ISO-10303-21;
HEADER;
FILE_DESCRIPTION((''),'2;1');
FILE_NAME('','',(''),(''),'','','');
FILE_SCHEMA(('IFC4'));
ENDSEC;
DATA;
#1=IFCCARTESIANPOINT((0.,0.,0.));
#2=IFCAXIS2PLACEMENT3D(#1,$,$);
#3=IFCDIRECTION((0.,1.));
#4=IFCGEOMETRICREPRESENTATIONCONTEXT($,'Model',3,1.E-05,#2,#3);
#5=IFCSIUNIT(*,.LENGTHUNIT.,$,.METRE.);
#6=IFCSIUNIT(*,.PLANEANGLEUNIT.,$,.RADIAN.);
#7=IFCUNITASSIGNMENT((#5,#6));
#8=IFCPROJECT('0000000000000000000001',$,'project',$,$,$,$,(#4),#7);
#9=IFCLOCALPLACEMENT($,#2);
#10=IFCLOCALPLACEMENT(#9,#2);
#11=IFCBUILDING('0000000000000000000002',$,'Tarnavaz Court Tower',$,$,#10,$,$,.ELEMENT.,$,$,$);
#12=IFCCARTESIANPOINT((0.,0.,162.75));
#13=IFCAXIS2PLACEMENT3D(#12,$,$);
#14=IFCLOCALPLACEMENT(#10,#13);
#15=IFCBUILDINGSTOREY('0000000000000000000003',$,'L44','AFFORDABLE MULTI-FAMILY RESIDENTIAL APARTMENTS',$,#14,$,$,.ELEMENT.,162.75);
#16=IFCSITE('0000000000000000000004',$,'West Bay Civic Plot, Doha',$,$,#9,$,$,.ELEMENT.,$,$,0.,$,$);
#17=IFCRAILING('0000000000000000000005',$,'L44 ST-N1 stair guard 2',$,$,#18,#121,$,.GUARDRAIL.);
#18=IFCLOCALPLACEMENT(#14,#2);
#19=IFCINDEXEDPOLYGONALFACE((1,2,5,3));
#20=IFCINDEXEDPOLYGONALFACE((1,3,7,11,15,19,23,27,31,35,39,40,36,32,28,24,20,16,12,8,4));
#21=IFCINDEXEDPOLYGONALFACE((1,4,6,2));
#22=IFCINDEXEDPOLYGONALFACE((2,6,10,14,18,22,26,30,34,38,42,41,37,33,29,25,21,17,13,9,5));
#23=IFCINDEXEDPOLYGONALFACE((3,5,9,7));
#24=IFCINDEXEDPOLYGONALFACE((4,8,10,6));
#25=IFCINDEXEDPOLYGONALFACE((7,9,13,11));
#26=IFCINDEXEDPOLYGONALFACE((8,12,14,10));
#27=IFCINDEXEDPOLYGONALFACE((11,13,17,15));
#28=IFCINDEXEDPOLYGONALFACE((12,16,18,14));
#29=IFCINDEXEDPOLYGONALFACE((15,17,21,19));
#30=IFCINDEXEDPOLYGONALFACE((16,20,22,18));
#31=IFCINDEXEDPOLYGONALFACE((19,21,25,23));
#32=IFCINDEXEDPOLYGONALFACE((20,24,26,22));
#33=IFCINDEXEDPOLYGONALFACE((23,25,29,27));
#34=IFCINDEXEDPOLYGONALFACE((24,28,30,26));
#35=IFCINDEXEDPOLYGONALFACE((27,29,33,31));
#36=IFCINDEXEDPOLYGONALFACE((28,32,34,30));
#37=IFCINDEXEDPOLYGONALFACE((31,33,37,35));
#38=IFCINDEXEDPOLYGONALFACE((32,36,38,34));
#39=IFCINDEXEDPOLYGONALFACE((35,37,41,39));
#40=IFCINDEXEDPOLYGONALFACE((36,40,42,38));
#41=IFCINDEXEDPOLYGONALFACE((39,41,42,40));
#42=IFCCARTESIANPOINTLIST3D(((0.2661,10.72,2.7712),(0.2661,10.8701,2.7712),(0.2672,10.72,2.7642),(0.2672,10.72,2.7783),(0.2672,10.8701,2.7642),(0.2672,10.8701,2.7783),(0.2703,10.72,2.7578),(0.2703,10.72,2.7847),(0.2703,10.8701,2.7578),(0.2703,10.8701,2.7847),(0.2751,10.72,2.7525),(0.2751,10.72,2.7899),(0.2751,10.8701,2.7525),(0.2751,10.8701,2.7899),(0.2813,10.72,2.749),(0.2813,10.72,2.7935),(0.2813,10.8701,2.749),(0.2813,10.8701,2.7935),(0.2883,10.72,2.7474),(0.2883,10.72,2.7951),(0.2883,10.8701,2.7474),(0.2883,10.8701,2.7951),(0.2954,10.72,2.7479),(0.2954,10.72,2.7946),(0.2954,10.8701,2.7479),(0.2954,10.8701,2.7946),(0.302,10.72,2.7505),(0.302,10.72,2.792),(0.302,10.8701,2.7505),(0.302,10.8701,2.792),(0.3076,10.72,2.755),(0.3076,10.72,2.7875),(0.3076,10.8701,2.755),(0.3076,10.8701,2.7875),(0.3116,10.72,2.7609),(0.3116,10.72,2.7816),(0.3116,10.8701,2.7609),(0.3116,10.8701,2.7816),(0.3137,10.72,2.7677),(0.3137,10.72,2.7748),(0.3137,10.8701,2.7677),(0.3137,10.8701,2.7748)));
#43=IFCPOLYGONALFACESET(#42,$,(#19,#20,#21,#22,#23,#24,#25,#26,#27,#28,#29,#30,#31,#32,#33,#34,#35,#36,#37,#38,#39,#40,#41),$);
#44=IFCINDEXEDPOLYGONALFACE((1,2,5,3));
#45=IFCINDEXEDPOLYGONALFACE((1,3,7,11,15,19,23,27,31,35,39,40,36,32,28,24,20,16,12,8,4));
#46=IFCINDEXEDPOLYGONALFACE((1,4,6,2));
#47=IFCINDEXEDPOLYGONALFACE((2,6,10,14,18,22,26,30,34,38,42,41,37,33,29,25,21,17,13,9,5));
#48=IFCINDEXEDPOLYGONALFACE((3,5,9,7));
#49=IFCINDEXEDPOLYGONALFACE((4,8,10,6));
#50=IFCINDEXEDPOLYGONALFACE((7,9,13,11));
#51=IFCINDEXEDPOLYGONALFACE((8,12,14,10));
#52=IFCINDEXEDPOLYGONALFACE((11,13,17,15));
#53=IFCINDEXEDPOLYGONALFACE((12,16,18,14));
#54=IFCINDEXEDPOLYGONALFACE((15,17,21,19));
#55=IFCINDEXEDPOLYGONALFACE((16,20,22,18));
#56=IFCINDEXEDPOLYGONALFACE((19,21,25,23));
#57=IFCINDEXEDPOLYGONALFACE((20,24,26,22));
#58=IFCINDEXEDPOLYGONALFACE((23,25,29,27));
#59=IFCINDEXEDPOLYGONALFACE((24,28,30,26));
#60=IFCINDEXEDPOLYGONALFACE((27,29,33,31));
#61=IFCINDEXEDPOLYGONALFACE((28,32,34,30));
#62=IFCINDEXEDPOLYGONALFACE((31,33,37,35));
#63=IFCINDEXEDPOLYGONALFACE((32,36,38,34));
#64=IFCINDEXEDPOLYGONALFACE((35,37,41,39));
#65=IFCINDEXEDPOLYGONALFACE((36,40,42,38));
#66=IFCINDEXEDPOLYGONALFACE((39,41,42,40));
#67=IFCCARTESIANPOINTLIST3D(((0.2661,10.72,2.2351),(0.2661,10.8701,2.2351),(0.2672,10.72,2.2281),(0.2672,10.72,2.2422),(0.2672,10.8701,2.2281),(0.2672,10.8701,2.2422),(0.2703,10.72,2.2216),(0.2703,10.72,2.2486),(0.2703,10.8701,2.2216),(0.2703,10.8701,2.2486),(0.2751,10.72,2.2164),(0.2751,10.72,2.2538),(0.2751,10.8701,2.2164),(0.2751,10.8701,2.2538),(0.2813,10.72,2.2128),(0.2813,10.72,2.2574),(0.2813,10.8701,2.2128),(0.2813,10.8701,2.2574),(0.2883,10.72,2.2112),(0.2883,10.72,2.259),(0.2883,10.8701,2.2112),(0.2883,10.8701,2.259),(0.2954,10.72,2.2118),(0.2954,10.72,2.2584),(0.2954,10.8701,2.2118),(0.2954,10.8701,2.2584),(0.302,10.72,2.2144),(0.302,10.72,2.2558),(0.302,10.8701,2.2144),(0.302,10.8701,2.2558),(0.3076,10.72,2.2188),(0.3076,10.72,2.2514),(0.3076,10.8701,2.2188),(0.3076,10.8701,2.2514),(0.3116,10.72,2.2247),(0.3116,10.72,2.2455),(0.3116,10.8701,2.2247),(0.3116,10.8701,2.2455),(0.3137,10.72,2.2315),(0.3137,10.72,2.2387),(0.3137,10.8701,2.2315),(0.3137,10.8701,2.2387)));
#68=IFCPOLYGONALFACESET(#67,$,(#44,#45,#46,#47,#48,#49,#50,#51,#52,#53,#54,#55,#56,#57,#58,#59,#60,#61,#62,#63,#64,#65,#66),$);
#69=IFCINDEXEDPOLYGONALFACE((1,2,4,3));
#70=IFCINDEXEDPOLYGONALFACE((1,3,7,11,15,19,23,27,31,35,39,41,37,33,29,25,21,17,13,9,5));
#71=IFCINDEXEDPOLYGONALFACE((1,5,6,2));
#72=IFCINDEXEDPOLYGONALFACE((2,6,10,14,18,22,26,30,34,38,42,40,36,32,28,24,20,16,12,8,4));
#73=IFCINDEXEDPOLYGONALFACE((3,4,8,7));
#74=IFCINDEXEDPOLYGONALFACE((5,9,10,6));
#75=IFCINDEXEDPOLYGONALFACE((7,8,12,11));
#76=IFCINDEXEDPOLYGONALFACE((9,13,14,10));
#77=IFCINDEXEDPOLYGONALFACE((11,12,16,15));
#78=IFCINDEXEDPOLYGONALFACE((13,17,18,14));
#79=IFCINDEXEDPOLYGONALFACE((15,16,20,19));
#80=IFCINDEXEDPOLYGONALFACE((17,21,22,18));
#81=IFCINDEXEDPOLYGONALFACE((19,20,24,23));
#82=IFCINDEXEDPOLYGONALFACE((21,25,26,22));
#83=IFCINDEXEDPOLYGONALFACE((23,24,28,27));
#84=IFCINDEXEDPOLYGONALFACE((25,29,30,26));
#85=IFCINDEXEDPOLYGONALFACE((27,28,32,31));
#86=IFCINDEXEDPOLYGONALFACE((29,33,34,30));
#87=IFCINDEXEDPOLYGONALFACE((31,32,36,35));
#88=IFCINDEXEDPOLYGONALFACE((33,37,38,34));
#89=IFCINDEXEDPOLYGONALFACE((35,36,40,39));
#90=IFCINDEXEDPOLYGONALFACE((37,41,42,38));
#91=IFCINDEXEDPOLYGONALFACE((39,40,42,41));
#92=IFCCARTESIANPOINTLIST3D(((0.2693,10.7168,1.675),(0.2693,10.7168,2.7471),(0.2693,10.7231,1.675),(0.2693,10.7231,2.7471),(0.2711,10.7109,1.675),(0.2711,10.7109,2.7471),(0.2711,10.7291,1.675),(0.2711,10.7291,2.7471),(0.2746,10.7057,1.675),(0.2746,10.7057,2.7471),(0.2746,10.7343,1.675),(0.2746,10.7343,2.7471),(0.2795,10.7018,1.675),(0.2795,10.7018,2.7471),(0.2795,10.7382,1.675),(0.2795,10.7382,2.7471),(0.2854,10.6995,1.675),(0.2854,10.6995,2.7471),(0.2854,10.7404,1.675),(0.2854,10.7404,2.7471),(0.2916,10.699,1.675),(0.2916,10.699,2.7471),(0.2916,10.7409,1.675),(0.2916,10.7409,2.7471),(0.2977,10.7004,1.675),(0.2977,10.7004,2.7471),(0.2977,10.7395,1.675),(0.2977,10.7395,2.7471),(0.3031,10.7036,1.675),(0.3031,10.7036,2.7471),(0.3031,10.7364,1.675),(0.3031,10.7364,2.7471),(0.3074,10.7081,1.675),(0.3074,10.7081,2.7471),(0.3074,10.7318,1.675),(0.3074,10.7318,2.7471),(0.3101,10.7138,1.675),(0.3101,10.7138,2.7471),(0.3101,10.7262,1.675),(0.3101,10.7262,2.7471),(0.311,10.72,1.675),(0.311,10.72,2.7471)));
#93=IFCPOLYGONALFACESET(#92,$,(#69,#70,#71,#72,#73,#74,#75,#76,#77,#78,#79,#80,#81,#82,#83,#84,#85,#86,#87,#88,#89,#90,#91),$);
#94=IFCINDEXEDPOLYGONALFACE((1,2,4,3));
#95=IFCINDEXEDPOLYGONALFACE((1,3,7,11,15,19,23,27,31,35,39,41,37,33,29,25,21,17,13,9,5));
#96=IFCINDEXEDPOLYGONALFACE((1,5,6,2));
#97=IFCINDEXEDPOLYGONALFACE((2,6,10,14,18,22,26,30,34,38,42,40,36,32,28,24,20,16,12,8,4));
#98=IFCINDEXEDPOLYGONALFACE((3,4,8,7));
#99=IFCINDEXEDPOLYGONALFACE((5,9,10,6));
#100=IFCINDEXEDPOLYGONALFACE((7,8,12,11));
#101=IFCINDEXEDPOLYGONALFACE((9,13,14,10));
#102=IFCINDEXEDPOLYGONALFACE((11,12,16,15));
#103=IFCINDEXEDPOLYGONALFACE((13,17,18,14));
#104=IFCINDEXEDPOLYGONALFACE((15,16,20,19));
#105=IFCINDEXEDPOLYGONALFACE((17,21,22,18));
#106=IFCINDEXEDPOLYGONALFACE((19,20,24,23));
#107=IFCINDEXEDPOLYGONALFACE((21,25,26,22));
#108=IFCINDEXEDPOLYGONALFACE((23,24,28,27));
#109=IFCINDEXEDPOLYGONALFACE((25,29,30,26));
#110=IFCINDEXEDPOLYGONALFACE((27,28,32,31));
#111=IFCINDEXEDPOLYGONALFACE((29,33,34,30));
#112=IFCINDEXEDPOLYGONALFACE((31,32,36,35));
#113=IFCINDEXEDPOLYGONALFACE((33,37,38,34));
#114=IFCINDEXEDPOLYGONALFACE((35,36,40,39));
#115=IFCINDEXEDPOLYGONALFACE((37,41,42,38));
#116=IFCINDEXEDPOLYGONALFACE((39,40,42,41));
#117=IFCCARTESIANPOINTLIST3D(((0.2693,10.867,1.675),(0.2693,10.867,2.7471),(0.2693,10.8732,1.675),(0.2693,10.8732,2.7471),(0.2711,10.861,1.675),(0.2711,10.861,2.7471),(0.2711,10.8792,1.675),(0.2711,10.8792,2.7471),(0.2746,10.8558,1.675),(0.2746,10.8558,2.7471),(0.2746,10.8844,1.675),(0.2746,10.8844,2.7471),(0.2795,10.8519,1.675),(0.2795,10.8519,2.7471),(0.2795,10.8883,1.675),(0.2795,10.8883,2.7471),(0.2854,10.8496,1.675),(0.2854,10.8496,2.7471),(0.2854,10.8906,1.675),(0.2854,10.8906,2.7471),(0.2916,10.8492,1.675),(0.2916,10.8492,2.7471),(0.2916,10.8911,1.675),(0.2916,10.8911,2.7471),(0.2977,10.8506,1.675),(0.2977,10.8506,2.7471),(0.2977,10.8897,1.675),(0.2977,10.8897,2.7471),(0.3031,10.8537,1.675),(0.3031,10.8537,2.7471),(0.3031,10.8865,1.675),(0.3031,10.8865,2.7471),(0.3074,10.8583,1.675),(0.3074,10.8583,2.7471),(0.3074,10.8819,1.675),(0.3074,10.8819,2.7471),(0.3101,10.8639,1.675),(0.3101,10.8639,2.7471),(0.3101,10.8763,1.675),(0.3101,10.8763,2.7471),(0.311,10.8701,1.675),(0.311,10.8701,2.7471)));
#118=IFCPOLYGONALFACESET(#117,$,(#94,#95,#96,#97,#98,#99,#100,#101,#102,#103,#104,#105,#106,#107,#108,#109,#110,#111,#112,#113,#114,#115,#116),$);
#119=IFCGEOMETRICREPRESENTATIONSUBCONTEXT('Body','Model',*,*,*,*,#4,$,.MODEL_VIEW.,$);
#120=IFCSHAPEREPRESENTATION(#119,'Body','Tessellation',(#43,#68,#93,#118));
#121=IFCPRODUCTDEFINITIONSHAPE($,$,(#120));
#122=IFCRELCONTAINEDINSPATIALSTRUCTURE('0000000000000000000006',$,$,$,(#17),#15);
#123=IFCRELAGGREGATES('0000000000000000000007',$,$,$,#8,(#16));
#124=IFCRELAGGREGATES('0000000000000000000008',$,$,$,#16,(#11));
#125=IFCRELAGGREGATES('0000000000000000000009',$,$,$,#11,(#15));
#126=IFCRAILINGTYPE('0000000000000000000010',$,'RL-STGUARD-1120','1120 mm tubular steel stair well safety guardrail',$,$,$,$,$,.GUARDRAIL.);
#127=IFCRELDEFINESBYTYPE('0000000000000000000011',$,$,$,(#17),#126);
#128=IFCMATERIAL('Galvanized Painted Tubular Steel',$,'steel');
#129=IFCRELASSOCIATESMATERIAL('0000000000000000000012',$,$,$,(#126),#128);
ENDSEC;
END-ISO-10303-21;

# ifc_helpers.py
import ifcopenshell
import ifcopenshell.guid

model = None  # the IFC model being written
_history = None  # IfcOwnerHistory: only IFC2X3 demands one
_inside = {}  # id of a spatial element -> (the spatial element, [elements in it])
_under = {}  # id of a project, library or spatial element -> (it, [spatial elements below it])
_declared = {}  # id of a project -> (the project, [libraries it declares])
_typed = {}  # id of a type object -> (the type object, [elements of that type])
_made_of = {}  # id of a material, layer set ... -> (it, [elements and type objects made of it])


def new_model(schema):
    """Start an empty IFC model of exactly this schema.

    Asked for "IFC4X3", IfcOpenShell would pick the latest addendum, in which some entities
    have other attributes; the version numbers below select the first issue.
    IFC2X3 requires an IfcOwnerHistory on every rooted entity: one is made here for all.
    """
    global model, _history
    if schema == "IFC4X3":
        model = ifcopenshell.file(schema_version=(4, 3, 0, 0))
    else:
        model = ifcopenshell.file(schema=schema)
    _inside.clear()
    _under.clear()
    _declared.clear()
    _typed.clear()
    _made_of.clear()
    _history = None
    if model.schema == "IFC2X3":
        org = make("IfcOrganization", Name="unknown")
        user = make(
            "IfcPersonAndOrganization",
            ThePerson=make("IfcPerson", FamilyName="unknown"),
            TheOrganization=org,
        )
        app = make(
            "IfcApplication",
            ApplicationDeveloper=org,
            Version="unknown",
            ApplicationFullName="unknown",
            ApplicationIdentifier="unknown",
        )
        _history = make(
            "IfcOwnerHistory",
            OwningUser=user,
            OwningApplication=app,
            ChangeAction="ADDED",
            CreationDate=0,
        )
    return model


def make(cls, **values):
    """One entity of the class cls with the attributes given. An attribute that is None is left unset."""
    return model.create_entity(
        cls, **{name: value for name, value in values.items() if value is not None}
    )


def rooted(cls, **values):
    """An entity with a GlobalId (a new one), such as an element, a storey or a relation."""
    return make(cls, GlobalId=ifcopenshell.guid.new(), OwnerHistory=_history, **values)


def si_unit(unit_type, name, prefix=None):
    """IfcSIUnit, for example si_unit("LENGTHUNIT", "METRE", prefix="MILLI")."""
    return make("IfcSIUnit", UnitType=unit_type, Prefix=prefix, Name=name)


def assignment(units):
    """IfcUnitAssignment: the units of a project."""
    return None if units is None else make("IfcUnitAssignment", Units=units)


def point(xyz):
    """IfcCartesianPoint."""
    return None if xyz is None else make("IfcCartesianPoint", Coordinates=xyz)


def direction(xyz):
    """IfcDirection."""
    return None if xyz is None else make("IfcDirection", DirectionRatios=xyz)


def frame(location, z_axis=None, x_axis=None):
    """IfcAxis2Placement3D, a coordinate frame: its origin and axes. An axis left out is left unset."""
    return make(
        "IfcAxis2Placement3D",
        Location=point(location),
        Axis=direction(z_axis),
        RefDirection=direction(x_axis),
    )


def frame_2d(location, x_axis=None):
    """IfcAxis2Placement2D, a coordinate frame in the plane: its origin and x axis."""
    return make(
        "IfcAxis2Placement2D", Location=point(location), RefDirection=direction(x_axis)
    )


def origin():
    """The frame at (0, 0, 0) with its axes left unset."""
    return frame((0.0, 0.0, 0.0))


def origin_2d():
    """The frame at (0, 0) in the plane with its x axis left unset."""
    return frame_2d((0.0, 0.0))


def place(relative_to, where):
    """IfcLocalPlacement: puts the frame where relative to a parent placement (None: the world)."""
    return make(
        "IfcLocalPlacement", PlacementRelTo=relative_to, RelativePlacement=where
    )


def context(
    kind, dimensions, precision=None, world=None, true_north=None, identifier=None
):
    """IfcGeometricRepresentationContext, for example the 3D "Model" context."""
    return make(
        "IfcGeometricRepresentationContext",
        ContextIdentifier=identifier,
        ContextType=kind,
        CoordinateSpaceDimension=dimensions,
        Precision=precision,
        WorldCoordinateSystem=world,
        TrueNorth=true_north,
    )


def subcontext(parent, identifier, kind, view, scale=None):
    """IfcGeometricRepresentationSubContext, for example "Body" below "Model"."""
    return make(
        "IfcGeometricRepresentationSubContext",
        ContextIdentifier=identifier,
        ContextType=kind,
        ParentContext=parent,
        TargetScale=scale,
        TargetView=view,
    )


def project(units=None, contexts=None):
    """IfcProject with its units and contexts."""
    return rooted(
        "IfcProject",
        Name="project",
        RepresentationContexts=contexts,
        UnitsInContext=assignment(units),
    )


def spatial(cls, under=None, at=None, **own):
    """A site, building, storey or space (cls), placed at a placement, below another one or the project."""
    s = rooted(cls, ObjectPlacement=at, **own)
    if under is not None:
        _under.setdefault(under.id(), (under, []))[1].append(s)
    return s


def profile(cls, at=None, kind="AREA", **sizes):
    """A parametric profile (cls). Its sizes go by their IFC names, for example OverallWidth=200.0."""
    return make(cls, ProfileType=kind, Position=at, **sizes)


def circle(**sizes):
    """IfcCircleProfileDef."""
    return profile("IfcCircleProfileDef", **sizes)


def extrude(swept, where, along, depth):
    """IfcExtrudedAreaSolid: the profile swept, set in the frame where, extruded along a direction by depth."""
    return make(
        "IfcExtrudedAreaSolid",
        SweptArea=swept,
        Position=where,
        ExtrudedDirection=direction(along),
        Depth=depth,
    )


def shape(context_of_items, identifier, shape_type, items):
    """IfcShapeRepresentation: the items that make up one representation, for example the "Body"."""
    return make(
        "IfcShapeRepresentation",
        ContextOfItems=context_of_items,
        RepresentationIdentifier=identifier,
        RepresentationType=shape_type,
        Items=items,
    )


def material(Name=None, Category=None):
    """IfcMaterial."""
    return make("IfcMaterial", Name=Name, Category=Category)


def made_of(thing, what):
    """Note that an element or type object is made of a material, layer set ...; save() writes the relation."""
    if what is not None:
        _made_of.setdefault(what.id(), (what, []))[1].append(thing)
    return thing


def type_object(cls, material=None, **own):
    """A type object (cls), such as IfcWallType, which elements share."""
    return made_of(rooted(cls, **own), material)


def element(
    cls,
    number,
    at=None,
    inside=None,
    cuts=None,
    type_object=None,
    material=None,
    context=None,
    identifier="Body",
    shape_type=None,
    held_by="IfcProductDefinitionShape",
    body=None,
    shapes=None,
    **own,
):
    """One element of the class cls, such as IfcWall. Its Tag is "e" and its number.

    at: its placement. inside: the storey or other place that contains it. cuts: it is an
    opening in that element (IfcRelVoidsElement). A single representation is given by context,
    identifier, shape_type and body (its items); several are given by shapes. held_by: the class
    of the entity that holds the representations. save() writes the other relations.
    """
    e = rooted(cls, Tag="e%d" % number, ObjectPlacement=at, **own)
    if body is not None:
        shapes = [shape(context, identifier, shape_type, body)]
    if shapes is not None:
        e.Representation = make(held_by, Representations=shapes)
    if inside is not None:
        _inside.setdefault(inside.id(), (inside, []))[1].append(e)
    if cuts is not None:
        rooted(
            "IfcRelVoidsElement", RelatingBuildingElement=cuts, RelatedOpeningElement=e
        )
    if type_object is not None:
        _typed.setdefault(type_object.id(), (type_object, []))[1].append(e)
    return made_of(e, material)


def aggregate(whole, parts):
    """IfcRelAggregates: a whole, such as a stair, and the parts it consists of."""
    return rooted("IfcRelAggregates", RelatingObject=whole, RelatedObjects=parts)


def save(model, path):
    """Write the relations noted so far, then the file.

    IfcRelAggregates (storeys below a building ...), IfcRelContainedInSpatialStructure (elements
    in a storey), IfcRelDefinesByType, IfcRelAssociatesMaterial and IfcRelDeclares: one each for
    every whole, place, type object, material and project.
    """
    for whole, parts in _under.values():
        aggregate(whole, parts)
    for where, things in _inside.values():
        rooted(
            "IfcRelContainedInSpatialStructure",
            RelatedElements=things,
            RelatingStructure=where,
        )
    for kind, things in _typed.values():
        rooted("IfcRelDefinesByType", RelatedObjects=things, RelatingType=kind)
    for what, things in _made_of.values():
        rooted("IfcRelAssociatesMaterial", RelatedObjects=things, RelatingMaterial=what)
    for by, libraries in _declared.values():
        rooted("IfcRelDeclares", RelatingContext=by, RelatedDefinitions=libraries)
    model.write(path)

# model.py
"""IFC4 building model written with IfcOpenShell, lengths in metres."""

from ifc_helpers import new_model, si_unit, direction, frame, origin, origin_2d, place, context, subcontext, project, spatial, circle, extrude, material, type_object, element, save


model = new_model("IFC4")

# Units and contexts
model_context = context("Model", 3, precision=1e-05, world=origin(), true_north=direction((0.0, 1.0)))
body_context = subcontext(model_context, "Body", "Model", "MODEL_VIEW")
ifc_project = project(units=[si_unit("LENGTHUNIT", "METRE"), si_unit("PLANEANGLEUNIT", "RADIAN")], contexts=[model_context])

# Site, building, storey
site_placement = place(None, origin())
site = spatial("IfcSite", under=ifc_project, at=site_placement, Name="West Bay Civic Plot, Doha", CompositionType="ELEMENT", RefElevation=0.0)
building_placement = place(site_placement, origin())
building = spatial("IfcBuilding", under=site, at=building_placement, Name="Tarnavaz Court Tower", CompositionType="ELEMENT")
storey_placement = place(building_placement, frame((0.0, 0.0, 162.75)))
storey = spatial("IfcBuildingStorey", under=building, at=storey_placement, Name="L44", Description="AFFORDABLE MULTI-FAMILY RESIDENTIAL APARTMENTS", CompositionType="ELEMENT", Elevation=162.75)

# Railing
ifc_material_1 = material(Name="Galvanized Painted Tubular Steel", Category="steel")
railing_type_1 = type_object("IfcRailingType", Name="RL-STGUARD-1120", Description="1120 mm tubular steel stair well safety guardrail", PredefinedType="GUARDRAIL", material=ifc_material_1)
railing_1_placement = place(storey_placement, frame((0.29, 10.72, 1.675)))
element("IfcRailing", 1, at=railing_1_placement, inside=storey, type_object=railing_type_1, Name="L44 ST-N1 stair guard 2", PredefinedType="GUARDRAIL", context=body_context, shape_type="SweptSolid", body=[
    extrude(circle(Radius=0.0239, at=origin_2d()), frame((0.0, 0.0, 1.0962), z_axis=(0.0, 1.0, 0.0), x_axis=(-1.0, 0.0, 0.0)), (0.0, 0.0, 1.0), 0.1501),
    extrude(circle(Radius=0.0239, at=origin_2d()), frame((0.0, 0.0, 0.5601), z_axis=(0.0, 1.0, 0.0), x_axis=(-1.0, 0.0, 0.0)), (0.0, 0.0, 1.0), 0.1501),
    extrude(circle(Radius=0.021, at=origin_2d()), origin(), (0.0, 0.0, 1.0), 1.072),
    extrude(circle(Radius=0.021, at=origin_2d()), frame((0.0, 0.1501, 0.0)), (0.0, 0.0, 1.0), 1.072),
])

save(model, "model.ifc")
